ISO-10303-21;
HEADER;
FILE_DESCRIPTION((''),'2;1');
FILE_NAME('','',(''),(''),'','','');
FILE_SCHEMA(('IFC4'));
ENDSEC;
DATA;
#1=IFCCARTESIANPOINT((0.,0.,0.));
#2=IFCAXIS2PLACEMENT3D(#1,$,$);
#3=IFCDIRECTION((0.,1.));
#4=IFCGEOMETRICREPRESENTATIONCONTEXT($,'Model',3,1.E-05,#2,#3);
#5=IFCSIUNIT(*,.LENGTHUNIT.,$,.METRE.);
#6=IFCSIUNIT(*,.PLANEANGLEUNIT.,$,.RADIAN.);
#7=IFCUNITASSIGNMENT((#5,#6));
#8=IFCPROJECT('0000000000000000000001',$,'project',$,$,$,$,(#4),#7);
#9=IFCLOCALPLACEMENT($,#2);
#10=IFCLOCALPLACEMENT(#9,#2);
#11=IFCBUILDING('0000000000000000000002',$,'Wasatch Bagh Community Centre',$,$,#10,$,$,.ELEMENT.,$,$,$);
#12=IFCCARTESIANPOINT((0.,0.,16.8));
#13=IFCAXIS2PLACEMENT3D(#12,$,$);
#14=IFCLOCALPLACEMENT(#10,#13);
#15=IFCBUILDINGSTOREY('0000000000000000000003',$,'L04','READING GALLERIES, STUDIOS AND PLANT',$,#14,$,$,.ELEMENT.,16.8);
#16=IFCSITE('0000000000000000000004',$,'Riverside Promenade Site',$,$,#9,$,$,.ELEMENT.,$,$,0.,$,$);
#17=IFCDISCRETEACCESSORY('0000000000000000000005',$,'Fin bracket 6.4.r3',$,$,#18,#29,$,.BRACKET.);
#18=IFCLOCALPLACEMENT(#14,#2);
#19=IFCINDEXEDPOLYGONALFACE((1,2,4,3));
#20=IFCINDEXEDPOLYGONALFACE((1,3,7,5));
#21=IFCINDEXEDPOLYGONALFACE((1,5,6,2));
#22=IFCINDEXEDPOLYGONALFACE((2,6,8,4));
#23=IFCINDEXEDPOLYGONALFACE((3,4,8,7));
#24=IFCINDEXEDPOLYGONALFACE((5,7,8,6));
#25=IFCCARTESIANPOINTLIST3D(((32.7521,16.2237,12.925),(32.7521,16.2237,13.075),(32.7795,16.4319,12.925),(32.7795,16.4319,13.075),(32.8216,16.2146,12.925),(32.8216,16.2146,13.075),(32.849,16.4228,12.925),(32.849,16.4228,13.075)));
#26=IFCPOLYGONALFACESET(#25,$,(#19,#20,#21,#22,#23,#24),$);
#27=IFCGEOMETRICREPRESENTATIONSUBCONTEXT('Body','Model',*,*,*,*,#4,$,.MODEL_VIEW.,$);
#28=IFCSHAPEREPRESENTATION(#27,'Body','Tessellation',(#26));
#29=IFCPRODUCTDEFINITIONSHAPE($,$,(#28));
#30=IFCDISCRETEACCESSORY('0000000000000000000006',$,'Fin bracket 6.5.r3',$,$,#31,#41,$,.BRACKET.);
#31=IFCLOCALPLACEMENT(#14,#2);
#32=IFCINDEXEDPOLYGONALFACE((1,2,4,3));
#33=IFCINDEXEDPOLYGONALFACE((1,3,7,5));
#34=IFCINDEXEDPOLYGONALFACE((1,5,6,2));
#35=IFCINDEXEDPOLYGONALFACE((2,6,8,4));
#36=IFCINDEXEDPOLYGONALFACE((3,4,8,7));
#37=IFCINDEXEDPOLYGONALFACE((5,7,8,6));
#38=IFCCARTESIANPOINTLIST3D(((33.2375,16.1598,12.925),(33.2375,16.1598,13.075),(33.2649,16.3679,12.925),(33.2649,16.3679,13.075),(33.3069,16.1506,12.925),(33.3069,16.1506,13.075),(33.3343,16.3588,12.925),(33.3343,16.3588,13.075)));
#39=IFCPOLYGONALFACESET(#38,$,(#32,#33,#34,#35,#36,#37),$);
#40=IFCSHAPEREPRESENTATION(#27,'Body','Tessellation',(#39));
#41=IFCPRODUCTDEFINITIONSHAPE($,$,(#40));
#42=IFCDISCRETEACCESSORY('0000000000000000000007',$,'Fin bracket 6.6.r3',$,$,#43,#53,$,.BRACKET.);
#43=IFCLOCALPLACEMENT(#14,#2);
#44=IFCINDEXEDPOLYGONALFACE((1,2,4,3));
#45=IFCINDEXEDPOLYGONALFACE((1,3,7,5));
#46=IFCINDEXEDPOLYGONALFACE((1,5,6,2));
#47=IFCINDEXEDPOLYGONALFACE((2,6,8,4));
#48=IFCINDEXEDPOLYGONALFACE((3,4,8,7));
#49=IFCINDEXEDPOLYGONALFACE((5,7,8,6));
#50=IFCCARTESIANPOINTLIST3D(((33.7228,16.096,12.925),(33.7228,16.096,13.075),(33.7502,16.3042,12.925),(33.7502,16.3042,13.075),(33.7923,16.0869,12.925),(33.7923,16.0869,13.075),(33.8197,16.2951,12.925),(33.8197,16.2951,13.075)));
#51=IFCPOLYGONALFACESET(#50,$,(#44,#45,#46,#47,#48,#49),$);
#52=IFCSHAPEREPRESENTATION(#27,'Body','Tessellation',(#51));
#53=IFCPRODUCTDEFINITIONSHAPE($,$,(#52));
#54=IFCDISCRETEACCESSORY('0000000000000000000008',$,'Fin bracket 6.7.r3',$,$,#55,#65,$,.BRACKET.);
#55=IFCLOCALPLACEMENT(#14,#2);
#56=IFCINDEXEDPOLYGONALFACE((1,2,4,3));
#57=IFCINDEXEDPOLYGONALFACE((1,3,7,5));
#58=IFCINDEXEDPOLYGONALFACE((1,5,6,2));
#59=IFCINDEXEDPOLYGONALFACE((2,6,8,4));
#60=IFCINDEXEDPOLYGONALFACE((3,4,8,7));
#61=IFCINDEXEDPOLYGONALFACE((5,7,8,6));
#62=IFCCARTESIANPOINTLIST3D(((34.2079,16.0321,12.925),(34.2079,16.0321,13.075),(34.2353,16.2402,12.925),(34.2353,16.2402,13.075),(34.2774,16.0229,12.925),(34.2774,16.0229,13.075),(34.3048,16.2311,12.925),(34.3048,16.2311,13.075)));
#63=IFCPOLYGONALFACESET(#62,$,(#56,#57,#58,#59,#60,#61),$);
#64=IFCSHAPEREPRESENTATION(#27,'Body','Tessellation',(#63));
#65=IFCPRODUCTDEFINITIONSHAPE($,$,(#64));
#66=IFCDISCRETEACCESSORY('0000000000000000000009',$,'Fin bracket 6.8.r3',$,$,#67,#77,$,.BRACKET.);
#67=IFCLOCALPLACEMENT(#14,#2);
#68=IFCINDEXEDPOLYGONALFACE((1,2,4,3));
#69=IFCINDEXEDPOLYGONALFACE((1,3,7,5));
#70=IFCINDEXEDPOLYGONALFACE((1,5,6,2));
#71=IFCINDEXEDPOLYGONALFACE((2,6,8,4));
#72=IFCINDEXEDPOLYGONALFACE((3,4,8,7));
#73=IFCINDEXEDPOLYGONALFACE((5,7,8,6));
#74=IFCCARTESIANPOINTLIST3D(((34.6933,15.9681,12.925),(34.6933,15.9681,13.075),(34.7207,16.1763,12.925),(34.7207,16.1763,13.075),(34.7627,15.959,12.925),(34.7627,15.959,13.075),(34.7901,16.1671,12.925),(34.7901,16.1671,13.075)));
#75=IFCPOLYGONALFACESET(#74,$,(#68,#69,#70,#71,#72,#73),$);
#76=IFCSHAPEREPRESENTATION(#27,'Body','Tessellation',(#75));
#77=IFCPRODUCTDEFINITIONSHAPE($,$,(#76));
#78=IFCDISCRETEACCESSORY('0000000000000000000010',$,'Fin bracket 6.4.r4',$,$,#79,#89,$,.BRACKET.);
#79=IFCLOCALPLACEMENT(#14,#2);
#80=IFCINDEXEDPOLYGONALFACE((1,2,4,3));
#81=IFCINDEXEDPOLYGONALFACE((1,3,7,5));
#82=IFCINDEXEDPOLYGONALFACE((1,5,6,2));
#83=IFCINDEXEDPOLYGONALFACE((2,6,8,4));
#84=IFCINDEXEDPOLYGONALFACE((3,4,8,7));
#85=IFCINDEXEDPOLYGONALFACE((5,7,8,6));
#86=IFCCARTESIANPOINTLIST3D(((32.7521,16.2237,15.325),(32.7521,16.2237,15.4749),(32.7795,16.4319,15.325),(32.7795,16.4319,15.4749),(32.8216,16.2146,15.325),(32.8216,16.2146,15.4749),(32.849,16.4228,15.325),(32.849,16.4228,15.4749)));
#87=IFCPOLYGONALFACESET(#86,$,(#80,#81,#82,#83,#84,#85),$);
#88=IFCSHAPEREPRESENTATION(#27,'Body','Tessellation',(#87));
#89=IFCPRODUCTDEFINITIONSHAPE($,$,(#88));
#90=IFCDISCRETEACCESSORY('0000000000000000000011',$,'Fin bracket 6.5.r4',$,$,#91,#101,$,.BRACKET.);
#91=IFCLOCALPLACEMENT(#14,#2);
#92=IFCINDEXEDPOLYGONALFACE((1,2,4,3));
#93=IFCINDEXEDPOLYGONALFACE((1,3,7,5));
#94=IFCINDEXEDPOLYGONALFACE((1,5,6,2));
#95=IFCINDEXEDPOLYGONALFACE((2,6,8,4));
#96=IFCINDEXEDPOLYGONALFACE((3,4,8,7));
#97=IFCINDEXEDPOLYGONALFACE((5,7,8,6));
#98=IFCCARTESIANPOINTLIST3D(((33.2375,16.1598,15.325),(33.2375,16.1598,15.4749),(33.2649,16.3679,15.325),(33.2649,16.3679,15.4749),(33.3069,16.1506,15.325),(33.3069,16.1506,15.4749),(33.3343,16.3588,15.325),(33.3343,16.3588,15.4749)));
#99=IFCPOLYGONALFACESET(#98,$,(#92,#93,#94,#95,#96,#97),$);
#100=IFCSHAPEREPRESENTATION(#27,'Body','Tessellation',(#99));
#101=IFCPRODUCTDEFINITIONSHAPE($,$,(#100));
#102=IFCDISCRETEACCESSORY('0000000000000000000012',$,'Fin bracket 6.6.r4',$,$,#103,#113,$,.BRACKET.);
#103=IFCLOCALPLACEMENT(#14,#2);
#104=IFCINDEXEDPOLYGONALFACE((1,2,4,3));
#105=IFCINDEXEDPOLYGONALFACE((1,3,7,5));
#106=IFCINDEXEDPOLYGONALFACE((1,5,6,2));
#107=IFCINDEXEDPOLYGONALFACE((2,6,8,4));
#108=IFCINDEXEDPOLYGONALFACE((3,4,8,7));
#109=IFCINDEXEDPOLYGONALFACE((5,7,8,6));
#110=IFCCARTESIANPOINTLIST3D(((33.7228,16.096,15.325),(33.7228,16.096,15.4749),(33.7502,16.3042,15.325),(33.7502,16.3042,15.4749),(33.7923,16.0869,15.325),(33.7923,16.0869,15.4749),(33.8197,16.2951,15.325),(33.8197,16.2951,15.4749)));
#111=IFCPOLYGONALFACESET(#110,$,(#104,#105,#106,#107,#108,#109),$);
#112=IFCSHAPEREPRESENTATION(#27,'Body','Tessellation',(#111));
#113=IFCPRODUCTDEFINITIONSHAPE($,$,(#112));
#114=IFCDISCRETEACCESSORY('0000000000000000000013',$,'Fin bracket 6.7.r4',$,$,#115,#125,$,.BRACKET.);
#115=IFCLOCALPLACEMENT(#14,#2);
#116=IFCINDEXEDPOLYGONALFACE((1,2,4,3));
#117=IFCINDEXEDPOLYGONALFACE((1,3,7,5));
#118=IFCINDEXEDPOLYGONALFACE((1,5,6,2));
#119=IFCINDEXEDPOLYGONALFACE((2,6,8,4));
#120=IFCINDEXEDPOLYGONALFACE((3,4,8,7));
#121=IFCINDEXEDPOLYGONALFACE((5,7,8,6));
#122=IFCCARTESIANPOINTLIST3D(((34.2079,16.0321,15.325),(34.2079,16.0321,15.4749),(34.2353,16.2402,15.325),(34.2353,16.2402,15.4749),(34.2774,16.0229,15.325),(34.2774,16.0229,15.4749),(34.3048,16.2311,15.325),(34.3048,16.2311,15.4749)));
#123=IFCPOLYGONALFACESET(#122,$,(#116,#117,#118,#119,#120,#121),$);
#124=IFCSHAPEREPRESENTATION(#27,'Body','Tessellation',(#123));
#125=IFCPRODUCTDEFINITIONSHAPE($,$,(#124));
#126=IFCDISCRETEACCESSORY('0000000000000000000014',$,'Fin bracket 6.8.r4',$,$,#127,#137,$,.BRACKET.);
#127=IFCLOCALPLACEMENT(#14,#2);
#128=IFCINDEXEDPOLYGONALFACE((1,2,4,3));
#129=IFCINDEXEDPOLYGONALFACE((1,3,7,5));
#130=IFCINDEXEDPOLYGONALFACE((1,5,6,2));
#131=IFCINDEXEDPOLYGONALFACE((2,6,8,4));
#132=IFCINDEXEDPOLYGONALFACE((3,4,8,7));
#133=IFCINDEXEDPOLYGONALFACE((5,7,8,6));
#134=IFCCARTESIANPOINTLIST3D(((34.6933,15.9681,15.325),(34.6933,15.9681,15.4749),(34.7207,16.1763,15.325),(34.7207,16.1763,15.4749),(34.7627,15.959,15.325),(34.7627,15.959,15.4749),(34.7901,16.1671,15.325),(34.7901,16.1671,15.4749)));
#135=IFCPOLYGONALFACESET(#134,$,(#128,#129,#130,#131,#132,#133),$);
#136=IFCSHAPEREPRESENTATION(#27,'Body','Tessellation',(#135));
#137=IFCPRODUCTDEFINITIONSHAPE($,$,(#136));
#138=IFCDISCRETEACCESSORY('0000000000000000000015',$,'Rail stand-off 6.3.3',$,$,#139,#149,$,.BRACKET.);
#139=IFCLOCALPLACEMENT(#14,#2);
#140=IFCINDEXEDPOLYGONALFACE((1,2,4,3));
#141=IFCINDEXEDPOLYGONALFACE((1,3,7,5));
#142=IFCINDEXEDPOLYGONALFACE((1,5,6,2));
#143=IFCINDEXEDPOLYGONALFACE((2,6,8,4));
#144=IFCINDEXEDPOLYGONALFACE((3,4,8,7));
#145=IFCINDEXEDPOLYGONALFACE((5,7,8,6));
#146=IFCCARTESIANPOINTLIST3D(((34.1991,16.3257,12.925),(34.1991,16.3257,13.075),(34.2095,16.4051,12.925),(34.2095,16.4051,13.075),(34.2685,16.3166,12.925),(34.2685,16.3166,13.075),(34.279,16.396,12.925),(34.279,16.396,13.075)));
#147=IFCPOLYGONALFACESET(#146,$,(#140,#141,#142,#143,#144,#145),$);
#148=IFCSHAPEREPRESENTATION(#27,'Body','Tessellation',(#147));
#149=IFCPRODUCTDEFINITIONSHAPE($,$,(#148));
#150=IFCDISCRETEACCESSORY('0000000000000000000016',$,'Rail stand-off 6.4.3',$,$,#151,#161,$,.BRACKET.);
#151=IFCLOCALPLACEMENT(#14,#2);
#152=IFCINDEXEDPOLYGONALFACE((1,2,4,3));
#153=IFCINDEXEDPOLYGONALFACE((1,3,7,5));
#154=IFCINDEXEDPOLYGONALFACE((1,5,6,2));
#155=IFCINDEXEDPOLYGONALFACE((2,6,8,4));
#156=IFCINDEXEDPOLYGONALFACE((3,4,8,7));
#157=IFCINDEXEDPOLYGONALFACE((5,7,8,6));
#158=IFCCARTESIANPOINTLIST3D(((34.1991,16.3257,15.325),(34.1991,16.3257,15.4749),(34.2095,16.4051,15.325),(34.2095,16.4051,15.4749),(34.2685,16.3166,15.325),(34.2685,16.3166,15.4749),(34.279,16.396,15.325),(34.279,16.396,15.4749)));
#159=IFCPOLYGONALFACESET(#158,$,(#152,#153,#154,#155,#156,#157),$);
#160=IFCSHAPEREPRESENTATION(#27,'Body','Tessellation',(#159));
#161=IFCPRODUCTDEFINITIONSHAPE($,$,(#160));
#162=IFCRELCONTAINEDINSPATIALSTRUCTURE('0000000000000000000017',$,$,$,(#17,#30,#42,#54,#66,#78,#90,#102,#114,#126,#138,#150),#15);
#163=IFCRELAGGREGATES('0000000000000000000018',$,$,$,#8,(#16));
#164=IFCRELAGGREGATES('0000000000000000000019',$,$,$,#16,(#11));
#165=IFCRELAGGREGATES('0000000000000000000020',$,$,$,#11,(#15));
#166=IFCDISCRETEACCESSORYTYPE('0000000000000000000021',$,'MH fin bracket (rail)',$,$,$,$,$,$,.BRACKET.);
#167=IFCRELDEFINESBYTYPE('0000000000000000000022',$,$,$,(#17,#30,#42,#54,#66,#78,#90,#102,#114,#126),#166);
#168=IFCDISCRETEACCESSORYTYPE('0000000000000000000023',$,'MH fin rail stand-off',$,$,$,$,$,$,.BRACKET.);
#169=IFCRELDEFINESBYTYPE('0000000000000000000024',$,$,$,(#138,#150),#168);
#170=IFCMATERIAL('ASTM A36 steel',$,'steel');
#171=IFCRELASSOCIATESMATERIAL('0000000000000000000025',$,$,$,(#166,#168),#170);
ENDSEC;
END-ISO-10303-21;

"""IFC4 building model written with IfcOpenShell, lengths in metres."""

from ifc_helpers import new_model, si_unit, direction, frame, origin, origin_2d, place, context, subcontext, project, spatial, rectangle, extrude, material, type_object, element, save


model = new_model("IFC4")

# Units and contexts
model_context = context("Model", 3, precision=1e-05, world=origin(), true_north=direction((0.0, 1.0)))
body_context = subcontext(model_context, "Body", "Model", "MODEL_VIEW")
ifc_project = project(units=[si_unit("LENGTHUNIT", "METRE"), si_unit("PLANEANGLEUNIT", "RADIAN")], contexts=[model_context])

# Site, building, storey
site_placement = place(None, origin())
site = spatial("IfcSite", under=ifc_project, at=site_placement, Name="Riverside Promenade Site", CompositionType="ELEMENT", RefElevation=0.0)
building_placement = place(site_placement, origin())
building = spatial("IfcBuilding", under=site, at=building_placement, Name="Wasatch Bagh Community Centre", CompositionType="ELEMENT")
storey_placement = place(building_placement, frame((0.0, 0.0, 16.8)))
storey = spatial("IfcBuildingStorey", under=building, at=storey_placement, Name="L04", Description="READING GALLERIES, STUDIOS AND PLANT", CompositionType="ELEMENT", Elevation=16.8)

# Discrete accessories
ifc_material_1 = material(Name="ASTM A36 steel", Category="steel")
discrete_accessory_type_1 = type_object("IfcDiscreteAccessoryType", Name="MH fin bracket (rail)", PredefinedType="BRACKET", material=ifc_material_1)
for number, where, z_axis, x_axis, name in (
    (1, (32.8005, 16.3232, 12.925), (0.0, 0.0, 1.0), (0.991445, -0.130526, 0.0), "Fin bracket 6.4.r3"),
    (2, (33.2859, 16.2593, 12.925), (0.0, 0.0, 1.0), (0.991445, -0.130526, 0.0), "Fin bracket 6.5.r3"),
    (3, (33.7712, 16.1956, 12.925), (0.0, 0.0, 1.0), (0.991445, -0.130526, 0.0), "Fin bracket 6.6.r3"),
    (4, (34.2563, 16.1316, 12.925), (0.0, 0.0, 1.0), (0.991445, -0.130526, 0.0), "Fin bracket 6.7.r3"),
    (5, (34.7417, 16.0676, 12.925), (0.0, 0.0, 1.0), (0.991445, -0.130526, 0.0), "Fin bracket 6.8.r3"),
    (6, (32.8005, 16.3232, 15.325), (0.0, 0.0, 1.0), (0.991445, -0.130526, 0.0), "Fin bracket 6.4.r4"),
    (7, (33.2859, 16.2593, 15.325), (0.0, 0.0, 1.0), (0.991445, -0.130526, 0.0), "Fin bracket 6.5.r4"),
    (8, (33.7712, 16.1956, 15.325), (0.0, 0.0, 1.0), (0.991445, -0.130526, 0.0), "Fin bracket 6.6.r4"),
    (9, (34.2563, 16.1316, 15.325), (0.0, 0.0, 1.0), (0.991445, -0.130526, 0.0), "Fin bracket 6.7.r4"),
    (10, (34.7417, 16.0676, 15.325), (0.0, 0.0, 1.0), (0.991445, -0.130526, 0.0), "Fin bracket 6.8.r4"),
):
    element("IfcDiscreteAccessory", number, at=place(storey_placement, frame(where, z_axis=z_axis, x_axis=x_axis)), inside=storey, type_object=discrete_accessory_type_1, Name=name, PredefinedType="BRACKET", context=body_context, shape_type="SweptSolid", body=[
        extrude(rectangle(XDim=0.0701, YDim=0.21, at=origin_2d()), origin(), (0.0, 0.0, 1.0), 0.1499),
    ])
discrete_accessory_type_2 = type_object("IfcDiscreteAccessoryType", Name="MH fin rail stand-off", PredefinedType="BRACKET", material=ifc_material_1)
for number, where, z_axis, x_axis, name in (
    (11, (34.239, 16.3608, 12.925), (0.0, 0.0, 1.0), (0.991445, -0.130526, 0.0), "Rail stand-off 6.3.3"),
    (12, (34.239, 16.3608, 15.325), (0.0, 0.0, 1.0), (0.991445, -0.130526, 0.0), "Rail stand-off 6.4.3"),
):
    element("IfcDiscreteAccessory", number, at=place(storey_placement, frame(where, z_axis=z_axis, x_axis=x_axis)), inside=storey, type_object=discrete_accessory_type_2, Name=name, PredefinedType="BRACKET", context=body_context, shape_type="SweptSolid", body=[
        extrude(rectangle(XDim=0.0701, YDim=0.0801, at=origin_2d()), origin(), (0.0, 0.0, 1.0), 0.1499),
    ])

save(model, "model.ifc")
